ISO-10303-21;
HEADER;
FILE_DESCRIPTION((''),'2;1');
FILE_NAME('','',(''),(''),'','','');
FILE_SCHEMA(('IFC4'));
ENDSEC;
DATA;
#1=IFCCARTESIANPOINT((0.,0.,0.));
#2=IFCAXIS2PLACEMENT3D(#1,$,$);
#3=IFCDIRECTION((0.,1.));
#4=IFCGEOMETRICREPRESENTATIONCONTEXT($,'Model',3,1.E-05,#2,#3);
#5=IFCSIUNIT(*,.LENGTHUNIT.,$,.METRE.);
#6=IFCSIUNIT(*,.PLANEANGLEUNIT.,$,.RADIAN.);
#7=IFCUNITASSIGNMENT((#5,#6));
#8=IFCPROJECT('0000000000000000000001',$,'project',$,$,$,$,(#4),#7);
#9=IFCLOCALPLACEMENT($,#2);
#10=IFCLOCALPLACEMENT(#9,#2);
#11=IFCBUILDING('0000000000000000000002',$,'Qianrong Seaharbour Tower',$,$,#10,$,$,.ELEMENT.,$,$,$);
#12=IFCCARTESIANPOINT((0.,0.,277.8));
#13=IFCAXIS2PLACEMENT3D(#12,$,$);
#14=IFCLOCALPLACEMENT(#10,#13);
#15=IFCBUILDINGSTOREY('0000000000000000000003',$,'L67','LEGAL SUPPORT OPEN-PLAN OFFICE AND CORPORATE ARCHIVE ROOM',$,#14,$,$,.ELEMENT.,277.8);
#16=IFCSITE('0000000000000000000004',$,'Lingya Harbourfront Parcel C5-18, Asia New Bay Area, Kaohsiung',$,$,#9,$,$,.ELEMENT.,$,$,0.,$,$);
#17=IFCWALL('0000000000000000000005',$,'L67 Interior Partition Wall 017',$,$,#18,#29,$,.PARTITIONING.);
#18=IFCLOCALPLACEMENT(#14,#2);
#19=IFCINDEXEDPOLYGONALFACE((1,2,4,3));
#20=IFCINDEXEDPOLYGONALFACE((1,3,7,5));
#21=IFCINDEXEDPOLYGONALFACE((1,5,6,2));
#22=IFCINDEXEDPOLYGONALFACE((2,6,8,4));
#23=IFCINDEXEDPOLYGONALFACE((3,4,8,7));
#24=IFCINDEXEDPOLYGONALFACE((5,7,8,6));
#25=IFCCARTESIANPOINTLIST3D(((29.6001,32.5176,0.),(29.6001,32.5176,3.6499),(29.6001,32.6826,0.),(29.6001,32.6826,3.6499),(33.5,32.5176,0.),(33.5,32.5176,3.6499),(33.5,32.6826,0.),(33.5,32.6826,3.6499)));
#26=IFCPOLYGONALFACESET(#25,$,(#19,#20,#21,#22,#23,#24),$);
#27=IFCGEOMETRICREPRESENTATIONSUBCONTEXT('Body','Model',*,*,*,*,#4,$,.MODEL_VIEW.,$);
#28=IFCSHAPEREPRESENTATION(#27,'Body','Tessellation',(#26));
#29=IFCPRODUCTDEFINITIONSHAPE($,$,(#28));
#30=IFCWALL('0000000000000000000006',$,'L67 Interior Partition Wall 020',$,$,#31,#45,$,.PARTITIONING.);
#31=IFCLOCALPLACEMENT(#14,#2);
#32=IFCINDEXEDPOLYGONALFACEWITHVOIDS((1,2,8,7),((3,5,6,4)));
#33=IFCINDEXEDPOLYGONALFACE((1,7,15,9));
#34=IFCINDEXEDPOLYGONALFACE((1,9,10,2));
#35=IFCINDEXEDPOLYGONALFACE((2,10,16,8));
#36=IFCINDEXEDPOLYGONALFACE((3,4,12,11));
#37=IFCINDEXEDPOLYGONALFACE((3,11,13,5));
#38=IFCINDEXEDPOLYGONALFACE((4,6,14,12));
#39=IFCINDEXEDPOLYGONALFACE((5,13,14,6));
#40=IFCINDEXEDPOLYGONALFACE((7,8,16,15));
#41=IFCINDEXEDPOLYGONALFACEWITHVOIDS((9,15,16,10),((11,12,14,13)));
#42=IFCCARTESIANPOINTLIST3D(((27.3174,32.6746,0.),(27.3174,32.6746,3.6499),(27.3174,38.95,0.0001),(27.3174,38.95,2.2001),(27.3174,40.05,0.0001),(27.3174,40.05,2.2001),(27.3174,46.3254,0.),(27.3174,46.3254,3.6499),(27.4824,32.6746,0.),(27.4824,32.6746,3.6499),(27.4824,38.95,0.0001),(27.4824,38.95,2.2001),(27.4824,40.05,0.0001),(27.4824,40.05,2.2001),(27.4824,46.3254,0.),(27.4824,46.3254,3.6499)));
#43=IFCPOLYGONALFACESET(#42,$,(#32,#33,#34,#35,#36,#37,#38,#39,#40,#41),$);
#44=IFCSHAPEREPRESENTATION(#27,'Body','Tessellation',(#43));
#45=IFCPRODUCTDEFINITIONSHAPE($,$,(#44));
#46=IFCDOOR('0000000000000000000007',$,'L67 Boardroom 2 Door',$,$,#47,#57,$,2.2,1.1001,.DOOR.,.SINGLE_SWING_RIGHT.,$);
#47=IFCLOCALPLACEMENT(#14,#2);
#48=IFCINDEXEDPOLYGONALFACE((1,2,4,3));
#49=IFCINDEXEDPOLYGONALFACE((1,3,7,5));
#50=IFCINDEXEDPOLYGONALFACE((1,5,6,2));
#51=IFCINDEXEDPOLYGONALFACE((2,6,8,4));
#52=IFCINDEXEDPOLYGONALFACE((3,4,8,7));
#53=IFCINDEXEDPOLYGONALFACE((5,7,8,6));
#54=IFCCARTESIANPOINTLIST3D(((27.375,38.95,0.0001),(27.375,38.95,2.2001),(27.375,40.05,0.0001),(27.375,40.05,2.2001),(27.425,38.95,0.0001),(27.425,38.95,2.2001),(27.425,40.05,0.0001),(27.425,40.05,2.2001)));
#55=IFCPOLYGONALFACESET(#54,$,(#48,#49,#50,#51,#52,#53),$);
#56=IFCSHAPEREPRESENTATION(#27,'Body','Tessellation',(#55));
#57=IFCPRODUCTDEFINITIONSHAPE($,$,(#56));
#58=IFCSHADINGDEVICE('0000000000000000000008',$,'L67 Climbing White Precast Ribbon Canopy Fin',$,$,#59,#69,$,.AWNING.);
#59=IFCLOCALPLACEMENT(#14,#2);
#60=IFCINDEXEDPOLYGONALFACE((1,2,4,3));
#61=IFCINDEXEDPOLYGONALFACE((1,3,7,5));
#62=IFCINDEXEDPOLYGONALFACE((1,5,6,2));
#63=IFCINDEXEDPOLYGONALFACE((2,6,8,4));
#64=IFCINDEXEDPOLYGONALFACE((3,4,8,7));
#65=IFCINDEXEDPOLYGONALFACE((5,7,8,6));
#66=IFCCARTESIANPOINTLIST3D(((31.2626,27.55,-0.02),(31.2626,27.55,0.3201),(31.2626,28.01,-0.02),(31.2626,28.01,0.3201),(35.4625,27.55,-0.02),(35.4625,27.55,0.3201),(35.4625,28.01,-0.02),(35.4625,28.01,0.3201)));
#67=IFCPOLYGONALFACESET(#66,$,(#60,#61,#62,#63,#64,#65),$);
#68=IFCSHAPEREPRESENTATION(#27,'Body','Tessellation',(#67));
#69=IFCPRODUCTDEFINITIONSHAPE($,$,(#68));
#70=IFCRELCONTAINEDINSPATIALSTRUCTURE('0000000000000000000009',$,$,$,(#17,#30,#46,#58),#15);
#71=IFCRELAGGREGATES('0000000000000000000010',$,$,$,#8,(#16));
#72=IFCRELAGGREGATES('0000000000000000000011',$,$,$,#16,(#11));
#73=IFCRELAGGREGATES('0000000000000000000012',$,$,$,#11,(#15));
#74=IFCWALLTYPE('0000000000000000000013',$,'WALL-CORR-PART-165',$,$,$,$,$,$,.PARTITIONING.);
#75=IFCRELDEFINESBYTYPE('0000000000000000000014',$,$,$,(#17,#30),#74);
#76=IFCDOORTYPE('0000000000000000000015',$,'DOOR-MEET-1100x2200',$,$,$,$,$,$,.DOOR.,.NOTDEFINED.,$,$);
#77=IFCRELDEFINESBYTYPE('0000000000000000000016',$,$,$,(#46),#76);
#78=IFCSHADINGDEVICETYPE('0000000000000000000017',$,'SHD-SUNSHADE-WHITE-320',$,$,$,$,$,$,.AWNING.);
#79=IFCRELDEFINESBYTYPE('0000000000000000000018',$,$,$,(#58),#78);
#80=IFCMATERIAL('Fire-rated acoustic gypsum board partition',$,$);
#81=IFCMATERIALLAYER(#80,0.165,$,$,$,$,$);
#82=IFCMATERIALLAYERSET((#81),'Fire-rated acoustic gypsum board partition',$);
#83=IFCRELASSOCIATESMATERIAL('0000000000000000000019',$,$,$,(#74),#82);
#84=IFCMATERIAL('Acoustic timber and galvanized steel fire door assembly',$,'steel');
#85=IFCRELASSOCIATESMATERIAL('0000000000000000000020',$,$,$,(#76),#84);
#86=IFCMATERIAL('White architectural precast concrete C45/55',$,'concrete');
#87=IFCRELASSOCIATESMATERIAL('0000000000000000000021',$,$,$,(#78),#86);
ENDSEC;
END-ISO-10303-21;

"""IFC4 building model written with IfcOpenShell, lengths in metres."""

from ifc_helpers import new_model, si_unit, direction, frame, frame_2d, origin, origin_2d, place, context, subcontext, project, spatial, rectangle, extrude, material, layer, layer_set, type_object, element, fill, save


model = new_model("IFC4")

# Units and contexts
model_context = context("Model", 3, precision=1e-05, world=origin(), true_north=direction((0.0, 1.0)))
body_context = subcontext(model_context, "Body", "Model", "MODEL_VIEW")
ifc_project = project(units=[si_unit("LENGTHUNIT", "METRE"), si_unit("PLANEANGLEUNIT", "RADIAN")], contexts=[model_context])

# Site, building, storey
site_placement = place(None, origin())
site = spatial("IfcSite", under=ifc_project, at=site_placement, Name="Lingya Harbourfront Parcel C5-18, Asia New Bay Area, Kaohsiung", CompositionType="ELEMENT", RefElevation=0.0)
building_placement = place(site_placement, origin())
building = spatial("IfcBuilding", under=site, at=building_placement, Name="Qianrong Seaharbour Tower", CompositionType="ELEMENT")
storey_placement = place(building_placement, frame((0.0, 0.0, 277.8)))
storey = spatial("IfcBuildingStorey", under=building, at=storey_placement, Name="L67", Description="LEGAL SUPPORT OPEN-PLAN OFFICE AND CORPORATE ARCHIVE ROOM", CompositionType="ELEMENT", Elevation=277.8)

# Shared definitions
ifc_material_1 = material(Name="Fire-rated acoustic gypsum board partition")
ifc_layer = layer(ifc_material_1, 0.165)
ifc_layer_set = layer_set([ifc_layer], Name="Fire-rated acoustic gypsum board partition")
wall_type = type_object("IfcWallType", Name="WALL-CORR-PART-165", PredefinedType="PARTITIONING", material=ifc_layer_set)
ifc_material_2 = material(Name="Acoustic timber and galvanized steel fire door assembly", Category="steel")

# Wall
wall_1_placement = place(storey_placement, frame((29.6001, 32.6001, 0.0), z_axis=(0.0, 0.0, 1.0), x_axis=(1.0, 0.0, 0.0)))
element("IfcWall", 1, at=wall_1_placement, inside=storey, type_object=wall_type, Name="L67 Interior Partition Wall 017", PredefinedType="PARTITIONING", context=body_context, shape_type="SweptSolid", body=[
    extrude(rectangle(XDim=3.8999, YDim=0.165, at=frame_2d((1.95, 0.0))), origin(), (0.0, 0.0, 1.0), 3.6499),
])

# Wall, opening, door
wall_2_placement = place(storey_placement, frame((27.3999, 32.6746, 0.0), z_axis=(0.0, 0.0, 1.0), x_axis=(0.0, 1.0, 0.0)))
wall_2 = element("IfcWall", 2, at=wall_2_placement, inside=storey, type_object=wall_type, Name="L67 Interior Partition Wall 020", PredefinedType="PARTITIONING", context=body_context, shape_type="SweptSolid", body=[
    extrude(rectangle(XDim=13.6509, YDim=0.165, at=frame_2d((6.8254, 0.0))), origin(), (0.0, 0.0, 1.0), 3.6499),
])
opening_1_placement = place(wall_2_placement, frame((6.2754, 0.0, 0.0)))
opening_1 = element("IfcOpeningElement", 3, at=opening_1_placement, cuts=wall_2, PredefinedType="OPENING", context=body_context, shape_type="SweptSolid", body=[
    extrude(rectangle(XDim=1.1001, YDim=2.2, at=frame_2d((0.55, 1.1001))), frame((0.0, 0.0925, 0.0), z_axis=(0.0, -1.0, 0.0), x_axis=(1.0, 0.0, 0.0)), (0.0, 0.0, 1.0), 0.1851),
])
door_type_1 = type_object("IfcDoorType", Name="DOOR-MEET-1100x2200", OperationType="NOTDEFINED", PredefinedType="DOOR", material=ifc_material_2)
door_1_placement = place(opening_1_placement, origin())
door_1 = element("IfcDoor", 4, at=door_1_placement, inside=storey, type_object=door_type_1, Name="L67 Boardroom 2 Door", OperationType="SINGLE_SWING_RIGHT", OverallHeight=2.2, OverallWidth=1.1001, PredefinedType="DOOR", context=body_context, shape_type="SweptSolid", body=[
    extrude(rectangle(XDim=1.1001, YDim=2.2, at=frame_2d((0.55, 1.1001))), frame((0.0, 0.0249, 0.0), z_axis=(0.0, -1.0, 0.0), x_axis=(1.0, 0.0, 0.0)), (0.0, 0.0, 1.0), 0.05),
])
fill(opening_1, door_1)

# Shading device
ifc_material_3 = material(Name="White architectural precast concrete C45/55", Category="concrete")
shading_device_type = type_object("IfcShadingDeviceType", Name="SHD-SUNSHADE-WHITE-320", PredefinedType="AWNING", material=ifc_material_3)
shading_device_placement = place(storey_placement, frame((33.3625, 27.78, -0.02), z_axis=(0.0, 0.0, 1.0), x_axis=(1.0, 0.0, 0.0)))
element("IfcShadingDevice", 5, at=shading_device_placement, inside=storey, type_object=shading_device_type, Name="L67 Climbing White Precast Ribbon Canopy Fin", PredefinedType="AWNING", context=body_context, shape_type="SweptSolid", body=[
    extrude(rectangle(XDim=4.2, YDim=0.46, at=origin_2d()), origin(), (0.0, 0.0, 1.0), 0.3401),
])

save(model, "model.ifc")
